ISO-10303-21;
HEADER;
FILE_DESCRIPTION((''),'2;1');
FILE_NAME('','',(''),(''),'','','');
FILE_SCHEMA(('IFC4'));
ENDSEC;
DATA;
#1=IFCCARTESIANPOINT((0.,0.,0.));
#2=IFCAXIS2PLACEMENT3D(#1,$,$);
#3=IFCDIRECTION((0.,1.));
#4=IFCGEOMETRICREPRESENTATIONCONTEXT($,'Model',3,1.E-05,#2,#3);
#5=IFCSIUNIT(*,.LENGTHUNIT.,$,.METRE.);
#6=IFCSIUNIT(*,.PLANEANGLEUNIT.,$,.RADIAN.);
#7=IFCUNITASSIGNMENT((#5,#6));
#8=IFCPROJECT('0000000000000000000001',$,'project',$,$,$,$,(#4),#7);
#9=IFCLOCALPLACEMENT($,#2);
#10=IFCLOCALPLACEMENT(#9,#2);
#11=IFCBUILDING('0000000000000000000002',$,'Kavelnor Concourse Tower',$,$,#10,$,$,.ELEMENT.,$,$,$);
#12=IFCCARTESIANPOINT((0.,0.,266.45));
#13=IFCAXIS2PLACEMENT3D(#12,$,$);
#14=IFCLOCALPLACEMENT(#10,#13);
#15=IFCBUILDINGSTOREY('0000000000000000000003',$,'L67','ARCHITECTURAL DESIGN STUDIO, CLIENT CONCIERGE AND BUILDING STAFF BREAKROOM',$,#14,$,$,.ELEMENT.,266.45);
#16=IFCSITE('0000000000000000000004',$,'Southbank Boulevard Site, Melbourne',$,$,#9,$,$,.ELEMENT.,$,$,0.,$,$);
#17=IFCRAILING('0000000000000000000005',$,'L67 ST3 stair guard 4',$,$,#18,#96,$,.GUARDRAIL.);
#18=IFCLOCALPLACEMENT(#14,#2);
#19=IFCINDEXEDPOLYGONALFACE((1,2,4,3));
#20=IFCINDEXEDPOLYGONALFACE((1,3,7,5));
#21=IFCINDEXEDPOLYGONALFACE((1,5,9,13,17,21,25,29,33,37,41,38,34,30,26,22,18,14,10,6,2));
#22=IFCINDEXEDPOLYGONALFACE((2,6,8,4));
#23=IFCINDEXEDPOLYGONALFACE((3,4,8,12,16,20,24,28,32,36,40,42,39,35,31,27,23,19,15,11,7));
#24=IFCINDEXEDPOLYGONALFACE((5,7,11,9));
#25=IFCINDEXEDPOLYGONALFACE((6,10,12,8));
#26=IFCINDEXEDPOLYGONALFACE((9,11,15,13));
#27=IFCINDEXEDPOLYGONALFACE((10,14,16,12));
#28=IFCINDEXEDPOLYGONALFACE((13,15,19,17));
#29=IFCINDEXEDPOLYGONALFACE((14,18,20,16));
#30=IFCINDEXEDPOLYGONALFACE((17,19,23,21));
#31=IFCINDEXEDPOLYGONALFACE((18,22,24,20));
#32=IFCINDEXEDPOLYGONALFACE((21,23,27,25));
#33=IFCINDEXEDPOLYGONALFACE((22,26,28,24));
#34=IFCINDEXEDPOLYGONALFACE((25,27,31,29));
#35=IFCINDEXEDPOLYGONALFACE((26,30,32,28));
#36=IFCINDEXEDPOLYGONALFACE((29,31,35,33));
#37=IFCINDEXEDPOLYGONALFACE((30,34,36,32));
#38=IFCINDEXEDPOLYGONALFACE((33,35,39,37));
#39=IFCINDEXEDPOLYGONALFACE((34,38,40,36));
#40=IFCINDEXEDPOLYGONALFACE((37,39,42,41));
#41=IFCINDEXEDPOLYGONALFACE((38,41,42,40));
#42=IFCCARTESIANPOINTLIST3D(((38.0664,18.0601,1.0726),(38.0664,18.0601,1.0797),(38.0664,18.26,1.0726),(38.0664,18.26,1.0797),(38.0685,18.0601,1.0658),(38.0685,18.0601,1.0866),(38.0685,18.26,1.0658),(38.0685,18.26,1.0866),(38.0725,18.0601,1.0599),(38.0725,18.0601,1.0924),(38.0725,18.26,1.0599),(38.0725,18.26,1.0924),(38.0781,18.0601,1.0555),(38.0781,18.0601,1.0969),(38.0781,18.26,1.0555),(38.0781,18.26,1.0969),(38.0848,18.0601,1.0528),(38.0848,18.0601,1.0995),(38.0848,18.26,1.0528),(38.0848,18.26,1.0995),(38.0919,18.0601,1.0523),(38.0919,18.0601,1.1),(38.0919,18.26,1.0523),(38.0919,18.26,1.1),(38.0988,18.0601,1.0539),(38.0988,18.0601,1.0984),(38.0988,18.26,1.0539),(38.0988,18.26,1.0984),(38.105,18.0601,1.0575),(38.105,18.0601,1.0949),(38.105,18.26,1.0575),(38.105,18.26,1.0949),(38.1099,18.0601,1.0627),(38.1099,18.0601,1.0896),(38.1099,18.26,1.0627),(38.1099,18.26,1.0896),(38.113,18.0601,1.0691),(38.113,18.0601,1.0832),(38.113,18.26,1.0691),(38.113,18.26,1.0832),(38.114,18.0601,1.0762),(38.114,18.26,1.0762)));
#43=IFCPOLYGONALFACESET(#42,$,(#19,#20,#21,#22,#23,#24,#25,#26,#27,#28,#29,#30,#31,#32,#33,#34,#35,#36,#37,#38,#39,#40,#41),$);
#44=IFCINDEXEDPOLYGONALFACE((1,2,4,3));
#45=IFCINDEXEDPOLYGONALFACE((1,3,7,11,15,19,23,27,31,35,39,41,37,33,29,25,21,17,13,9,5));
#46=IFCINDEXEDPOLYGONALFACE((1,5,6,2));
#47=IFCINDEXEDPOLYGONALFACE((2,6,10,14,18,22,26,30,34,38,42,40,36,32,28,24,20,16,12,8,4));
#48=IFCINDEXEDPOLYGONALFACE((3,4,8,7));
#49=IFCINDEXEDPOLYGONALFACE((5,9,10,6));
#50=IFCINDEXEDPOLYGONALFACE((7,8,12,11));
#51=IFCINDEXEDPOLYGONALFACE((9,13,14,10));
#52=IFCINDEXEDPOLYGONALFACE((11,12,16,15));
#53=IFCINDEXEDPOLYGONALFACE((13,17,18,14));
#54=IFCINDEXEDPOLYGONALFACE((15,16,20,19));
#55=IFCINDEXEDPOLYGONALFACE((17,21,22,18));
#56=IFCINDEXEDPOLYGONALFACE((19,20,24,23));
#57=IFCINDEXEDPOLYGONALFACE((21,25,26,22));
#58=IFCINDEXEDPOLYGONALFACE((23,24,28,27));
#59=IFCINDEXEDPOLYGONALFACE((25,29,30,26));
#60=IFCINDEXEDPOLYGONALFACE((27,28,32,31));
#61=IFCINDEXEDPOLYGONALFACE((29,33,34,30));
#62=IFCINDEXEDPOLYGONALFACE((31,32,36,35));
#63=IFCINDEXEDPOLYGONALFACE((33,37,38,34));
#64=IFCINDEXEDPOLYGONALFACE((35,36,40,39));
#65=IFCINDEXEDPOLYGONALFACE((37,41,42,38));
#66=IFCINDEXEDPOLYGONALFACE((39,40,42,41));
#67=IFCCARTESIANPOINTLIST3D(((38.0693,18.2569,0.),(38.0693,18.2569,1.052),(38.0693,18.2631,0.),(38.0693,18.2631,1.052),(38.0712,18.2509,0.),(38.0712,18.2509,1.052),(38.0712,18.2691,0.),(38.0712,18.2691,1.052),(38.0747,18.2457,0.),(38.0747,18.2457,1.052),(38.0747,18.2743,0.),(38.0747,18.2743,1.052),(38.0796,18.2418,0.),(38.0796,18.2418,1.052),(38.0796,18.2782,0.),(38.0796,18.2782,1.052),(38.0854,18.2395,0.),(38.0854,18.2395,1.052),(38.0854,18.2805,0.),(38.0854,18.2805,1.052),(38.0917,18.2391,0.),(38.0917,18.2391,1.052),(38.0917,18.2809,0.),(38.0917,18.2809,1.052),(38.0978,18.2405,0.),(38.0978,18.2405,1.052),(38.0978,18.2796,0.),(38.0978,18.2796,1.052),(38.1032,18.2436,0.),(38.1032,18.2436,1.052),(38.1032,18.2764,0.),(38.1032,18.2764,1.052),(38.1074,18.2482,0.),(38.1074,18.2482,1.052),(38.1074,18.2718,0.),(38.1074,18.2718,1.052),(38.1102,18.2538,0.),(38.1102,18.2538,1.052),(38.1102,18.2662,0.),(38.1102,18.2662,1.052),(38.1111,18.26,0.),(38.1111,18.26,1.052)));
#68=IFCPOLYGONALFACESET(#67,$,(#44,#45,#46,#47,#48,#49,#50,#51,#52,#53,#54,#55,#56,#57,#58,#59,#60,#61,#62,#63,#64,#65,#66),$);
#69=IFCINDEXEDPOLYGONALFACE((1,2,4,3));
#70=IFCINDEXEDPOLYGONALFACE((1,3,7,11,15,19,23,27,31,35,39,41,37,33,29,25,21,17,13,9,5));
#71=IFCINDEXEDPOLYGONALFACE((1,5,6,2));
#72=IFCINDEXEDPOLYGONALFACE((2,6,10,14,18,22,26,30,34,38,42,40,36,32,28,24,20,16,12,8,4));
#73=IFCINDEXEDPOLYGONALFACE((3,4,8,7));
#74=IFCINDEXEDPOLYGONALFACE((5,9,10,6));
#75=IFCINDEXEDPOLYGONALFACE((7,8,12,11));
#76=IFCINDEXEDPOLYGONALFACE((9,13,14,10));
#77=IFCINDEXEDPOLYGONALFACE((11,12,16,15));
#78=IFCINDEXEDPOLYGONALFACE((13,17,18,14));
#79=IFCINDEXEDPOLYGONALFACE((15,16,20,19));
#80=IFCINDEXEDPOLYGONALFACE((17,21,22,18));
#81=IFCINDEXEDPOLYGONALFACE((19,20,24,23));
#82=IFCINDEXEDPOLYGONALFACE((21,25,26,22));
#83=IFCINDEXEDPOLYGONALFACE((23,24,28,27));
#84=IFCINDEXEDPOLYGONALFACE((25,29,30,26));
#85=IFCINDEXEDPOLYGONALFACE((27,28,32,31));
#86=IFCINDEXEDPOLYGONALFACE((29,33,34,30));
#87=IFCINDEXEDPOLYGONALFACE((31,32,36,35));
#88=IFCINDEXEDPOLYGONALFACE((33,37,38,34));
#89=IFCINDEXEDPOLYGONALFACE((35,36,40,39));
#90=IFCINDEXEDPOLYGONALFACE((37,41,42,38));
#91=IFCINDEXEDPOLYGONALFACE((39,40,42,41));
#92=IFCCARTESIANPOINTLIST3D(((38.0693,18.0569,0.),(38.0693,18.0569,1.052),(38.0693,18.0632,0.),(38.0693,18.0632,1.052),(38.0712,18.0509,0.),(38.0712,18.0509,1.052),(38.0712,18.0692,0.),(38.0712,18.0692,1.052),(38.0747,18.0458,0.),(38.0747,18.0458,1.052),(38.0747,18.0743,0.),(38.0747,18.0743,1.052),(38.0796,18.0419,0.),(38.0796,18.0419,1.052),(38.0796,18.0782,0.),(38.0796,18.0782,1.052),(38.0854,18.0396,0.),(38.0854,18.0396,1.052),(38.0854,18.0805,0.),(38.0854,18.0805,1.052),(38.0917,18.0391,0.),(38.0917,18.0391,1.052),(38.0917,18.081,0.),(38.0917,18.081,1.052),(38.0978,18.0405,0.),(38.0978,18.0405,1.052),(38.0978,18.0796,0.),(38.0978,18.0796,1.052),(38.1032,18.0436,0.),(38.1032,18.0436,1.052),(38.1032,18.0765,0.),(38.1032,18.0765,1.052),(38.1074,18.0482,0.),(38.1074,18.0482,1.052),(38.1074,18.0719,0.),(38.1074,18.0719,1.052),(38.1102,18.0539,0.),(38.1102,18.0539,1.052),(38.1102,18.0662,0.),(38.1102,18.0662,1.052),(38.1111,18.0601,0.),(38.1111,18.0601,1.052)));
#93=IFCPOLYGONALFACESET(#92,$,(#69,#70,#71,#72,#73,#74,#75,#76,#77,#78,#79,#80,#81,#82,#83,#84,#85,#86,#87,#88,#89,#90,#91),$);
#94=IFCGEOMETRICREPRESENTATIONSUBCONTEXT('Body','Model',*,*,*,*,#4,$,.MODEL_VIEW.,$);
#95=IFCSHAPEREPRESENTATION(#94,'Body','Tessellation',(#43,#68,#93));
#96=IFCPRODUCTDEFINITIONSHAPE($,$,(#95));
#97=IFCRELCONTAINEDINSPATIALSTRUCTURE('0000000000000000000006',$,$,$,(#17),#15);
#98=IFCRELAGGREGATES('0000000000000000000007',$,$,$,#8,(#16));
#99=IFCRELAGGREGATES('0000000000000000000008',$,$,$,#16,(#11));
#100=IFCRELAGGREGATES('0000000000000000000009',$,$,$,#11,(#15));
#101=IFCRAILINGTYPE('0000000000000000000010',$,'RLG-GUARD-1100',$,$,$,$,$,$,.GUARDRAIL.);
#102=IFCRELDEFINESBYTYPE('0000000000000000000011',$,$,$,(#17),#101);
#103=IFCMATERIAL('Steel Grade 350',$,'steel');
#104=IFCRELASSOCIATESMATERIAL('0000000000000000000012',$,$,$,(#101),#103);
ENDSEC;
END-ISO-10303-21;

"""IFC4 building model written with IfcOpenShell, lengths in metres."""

from ifc_helpers import new_model, si_unit, direction, frame, origin, origin_2d, place, context, subcontext, project, spatial, circle, extrude, material, type_object, element, save


model = new_model("IFC4")

# Units and contexts
model_context = context("Model", 3, precision=1e-05, world=origin(), true_north=direction((0.0, 1.0)))
body_context = subcontext(model_context, "Body", "Model", "MODEL_VIEW")
ifc_project = project(units=[si_unit("LENGTHUNIT", "METRE"), si_unit("PLANEANGLEUNIT", "RADIAN")], contexts=[model_context])

# Site, building, storey
site_placement = place(None, origin())
site = spatial("IfcSite", under=ifc_project, at=site_placement, Name="Southbank Boulevard Site, Melbourne", CompositionType="ELEMENT", RefElevation=0.0)
building_placement = place(site_placement, origin())
building = spatial("IfcBuilding", under=site, at=building_placement, Name="Kavelnor Concourse Tower", CompositionType="ELEMENT")
storey_placement = place(building_placement, frame((0.0, 0.0, 266.45)))
storey = spatial("IfcBuildingStorey", under=building, at=storey_placement, Name="L67", Description="ARCHITECTURAL DESIGN STUDIO, CLIENT CONCIERGE AND BUILDING STAFF BREAKROOM", CompositionType="ELEMENT", Elevation=266.45)

# Shared definitions
ifc_material_1 = material(Name="Steel Grade 350", Category="steel")

# Railing
railing_type_1 = type_object("IfcRailingType", Name="RLG-GUARD-1100", PredefinedType="GUARDRAIL", material=ifc_material_1)
railing_1_placement = place(storey_placement, frame((38.0901, 18.26, 0.0)))
element("IfcRailing", 1, at=railing_1_placement, inside=storey, type_object=railing_type_1, Name="L67 ST3 stair guard 4", PredefinedType="GUARDRAIL", context=body_context, shape_type="SweptSolid", body=[
    extrude(circle(Radius=0.0239, at=origin_2d()), frame((0.0, 0.0, 1.0762), z_axis=(0.0, -1.0, 0.0), x_axis=(1.0, 0.0, 0.0)), (0.0, 0.0, 1.0), 0.2),
    extrude(circle(Radius=0.021, at=origin_2d()), origin(), (0.0, 0.0, 1.0), 1.052),
    extrude(circle(Radius=0.021, at=origin_2d()), frame((0.0, -0.2, 0.0)), (0.0, 0.0, 1.0), 1.052),
])

save(model, "model.ifc")
